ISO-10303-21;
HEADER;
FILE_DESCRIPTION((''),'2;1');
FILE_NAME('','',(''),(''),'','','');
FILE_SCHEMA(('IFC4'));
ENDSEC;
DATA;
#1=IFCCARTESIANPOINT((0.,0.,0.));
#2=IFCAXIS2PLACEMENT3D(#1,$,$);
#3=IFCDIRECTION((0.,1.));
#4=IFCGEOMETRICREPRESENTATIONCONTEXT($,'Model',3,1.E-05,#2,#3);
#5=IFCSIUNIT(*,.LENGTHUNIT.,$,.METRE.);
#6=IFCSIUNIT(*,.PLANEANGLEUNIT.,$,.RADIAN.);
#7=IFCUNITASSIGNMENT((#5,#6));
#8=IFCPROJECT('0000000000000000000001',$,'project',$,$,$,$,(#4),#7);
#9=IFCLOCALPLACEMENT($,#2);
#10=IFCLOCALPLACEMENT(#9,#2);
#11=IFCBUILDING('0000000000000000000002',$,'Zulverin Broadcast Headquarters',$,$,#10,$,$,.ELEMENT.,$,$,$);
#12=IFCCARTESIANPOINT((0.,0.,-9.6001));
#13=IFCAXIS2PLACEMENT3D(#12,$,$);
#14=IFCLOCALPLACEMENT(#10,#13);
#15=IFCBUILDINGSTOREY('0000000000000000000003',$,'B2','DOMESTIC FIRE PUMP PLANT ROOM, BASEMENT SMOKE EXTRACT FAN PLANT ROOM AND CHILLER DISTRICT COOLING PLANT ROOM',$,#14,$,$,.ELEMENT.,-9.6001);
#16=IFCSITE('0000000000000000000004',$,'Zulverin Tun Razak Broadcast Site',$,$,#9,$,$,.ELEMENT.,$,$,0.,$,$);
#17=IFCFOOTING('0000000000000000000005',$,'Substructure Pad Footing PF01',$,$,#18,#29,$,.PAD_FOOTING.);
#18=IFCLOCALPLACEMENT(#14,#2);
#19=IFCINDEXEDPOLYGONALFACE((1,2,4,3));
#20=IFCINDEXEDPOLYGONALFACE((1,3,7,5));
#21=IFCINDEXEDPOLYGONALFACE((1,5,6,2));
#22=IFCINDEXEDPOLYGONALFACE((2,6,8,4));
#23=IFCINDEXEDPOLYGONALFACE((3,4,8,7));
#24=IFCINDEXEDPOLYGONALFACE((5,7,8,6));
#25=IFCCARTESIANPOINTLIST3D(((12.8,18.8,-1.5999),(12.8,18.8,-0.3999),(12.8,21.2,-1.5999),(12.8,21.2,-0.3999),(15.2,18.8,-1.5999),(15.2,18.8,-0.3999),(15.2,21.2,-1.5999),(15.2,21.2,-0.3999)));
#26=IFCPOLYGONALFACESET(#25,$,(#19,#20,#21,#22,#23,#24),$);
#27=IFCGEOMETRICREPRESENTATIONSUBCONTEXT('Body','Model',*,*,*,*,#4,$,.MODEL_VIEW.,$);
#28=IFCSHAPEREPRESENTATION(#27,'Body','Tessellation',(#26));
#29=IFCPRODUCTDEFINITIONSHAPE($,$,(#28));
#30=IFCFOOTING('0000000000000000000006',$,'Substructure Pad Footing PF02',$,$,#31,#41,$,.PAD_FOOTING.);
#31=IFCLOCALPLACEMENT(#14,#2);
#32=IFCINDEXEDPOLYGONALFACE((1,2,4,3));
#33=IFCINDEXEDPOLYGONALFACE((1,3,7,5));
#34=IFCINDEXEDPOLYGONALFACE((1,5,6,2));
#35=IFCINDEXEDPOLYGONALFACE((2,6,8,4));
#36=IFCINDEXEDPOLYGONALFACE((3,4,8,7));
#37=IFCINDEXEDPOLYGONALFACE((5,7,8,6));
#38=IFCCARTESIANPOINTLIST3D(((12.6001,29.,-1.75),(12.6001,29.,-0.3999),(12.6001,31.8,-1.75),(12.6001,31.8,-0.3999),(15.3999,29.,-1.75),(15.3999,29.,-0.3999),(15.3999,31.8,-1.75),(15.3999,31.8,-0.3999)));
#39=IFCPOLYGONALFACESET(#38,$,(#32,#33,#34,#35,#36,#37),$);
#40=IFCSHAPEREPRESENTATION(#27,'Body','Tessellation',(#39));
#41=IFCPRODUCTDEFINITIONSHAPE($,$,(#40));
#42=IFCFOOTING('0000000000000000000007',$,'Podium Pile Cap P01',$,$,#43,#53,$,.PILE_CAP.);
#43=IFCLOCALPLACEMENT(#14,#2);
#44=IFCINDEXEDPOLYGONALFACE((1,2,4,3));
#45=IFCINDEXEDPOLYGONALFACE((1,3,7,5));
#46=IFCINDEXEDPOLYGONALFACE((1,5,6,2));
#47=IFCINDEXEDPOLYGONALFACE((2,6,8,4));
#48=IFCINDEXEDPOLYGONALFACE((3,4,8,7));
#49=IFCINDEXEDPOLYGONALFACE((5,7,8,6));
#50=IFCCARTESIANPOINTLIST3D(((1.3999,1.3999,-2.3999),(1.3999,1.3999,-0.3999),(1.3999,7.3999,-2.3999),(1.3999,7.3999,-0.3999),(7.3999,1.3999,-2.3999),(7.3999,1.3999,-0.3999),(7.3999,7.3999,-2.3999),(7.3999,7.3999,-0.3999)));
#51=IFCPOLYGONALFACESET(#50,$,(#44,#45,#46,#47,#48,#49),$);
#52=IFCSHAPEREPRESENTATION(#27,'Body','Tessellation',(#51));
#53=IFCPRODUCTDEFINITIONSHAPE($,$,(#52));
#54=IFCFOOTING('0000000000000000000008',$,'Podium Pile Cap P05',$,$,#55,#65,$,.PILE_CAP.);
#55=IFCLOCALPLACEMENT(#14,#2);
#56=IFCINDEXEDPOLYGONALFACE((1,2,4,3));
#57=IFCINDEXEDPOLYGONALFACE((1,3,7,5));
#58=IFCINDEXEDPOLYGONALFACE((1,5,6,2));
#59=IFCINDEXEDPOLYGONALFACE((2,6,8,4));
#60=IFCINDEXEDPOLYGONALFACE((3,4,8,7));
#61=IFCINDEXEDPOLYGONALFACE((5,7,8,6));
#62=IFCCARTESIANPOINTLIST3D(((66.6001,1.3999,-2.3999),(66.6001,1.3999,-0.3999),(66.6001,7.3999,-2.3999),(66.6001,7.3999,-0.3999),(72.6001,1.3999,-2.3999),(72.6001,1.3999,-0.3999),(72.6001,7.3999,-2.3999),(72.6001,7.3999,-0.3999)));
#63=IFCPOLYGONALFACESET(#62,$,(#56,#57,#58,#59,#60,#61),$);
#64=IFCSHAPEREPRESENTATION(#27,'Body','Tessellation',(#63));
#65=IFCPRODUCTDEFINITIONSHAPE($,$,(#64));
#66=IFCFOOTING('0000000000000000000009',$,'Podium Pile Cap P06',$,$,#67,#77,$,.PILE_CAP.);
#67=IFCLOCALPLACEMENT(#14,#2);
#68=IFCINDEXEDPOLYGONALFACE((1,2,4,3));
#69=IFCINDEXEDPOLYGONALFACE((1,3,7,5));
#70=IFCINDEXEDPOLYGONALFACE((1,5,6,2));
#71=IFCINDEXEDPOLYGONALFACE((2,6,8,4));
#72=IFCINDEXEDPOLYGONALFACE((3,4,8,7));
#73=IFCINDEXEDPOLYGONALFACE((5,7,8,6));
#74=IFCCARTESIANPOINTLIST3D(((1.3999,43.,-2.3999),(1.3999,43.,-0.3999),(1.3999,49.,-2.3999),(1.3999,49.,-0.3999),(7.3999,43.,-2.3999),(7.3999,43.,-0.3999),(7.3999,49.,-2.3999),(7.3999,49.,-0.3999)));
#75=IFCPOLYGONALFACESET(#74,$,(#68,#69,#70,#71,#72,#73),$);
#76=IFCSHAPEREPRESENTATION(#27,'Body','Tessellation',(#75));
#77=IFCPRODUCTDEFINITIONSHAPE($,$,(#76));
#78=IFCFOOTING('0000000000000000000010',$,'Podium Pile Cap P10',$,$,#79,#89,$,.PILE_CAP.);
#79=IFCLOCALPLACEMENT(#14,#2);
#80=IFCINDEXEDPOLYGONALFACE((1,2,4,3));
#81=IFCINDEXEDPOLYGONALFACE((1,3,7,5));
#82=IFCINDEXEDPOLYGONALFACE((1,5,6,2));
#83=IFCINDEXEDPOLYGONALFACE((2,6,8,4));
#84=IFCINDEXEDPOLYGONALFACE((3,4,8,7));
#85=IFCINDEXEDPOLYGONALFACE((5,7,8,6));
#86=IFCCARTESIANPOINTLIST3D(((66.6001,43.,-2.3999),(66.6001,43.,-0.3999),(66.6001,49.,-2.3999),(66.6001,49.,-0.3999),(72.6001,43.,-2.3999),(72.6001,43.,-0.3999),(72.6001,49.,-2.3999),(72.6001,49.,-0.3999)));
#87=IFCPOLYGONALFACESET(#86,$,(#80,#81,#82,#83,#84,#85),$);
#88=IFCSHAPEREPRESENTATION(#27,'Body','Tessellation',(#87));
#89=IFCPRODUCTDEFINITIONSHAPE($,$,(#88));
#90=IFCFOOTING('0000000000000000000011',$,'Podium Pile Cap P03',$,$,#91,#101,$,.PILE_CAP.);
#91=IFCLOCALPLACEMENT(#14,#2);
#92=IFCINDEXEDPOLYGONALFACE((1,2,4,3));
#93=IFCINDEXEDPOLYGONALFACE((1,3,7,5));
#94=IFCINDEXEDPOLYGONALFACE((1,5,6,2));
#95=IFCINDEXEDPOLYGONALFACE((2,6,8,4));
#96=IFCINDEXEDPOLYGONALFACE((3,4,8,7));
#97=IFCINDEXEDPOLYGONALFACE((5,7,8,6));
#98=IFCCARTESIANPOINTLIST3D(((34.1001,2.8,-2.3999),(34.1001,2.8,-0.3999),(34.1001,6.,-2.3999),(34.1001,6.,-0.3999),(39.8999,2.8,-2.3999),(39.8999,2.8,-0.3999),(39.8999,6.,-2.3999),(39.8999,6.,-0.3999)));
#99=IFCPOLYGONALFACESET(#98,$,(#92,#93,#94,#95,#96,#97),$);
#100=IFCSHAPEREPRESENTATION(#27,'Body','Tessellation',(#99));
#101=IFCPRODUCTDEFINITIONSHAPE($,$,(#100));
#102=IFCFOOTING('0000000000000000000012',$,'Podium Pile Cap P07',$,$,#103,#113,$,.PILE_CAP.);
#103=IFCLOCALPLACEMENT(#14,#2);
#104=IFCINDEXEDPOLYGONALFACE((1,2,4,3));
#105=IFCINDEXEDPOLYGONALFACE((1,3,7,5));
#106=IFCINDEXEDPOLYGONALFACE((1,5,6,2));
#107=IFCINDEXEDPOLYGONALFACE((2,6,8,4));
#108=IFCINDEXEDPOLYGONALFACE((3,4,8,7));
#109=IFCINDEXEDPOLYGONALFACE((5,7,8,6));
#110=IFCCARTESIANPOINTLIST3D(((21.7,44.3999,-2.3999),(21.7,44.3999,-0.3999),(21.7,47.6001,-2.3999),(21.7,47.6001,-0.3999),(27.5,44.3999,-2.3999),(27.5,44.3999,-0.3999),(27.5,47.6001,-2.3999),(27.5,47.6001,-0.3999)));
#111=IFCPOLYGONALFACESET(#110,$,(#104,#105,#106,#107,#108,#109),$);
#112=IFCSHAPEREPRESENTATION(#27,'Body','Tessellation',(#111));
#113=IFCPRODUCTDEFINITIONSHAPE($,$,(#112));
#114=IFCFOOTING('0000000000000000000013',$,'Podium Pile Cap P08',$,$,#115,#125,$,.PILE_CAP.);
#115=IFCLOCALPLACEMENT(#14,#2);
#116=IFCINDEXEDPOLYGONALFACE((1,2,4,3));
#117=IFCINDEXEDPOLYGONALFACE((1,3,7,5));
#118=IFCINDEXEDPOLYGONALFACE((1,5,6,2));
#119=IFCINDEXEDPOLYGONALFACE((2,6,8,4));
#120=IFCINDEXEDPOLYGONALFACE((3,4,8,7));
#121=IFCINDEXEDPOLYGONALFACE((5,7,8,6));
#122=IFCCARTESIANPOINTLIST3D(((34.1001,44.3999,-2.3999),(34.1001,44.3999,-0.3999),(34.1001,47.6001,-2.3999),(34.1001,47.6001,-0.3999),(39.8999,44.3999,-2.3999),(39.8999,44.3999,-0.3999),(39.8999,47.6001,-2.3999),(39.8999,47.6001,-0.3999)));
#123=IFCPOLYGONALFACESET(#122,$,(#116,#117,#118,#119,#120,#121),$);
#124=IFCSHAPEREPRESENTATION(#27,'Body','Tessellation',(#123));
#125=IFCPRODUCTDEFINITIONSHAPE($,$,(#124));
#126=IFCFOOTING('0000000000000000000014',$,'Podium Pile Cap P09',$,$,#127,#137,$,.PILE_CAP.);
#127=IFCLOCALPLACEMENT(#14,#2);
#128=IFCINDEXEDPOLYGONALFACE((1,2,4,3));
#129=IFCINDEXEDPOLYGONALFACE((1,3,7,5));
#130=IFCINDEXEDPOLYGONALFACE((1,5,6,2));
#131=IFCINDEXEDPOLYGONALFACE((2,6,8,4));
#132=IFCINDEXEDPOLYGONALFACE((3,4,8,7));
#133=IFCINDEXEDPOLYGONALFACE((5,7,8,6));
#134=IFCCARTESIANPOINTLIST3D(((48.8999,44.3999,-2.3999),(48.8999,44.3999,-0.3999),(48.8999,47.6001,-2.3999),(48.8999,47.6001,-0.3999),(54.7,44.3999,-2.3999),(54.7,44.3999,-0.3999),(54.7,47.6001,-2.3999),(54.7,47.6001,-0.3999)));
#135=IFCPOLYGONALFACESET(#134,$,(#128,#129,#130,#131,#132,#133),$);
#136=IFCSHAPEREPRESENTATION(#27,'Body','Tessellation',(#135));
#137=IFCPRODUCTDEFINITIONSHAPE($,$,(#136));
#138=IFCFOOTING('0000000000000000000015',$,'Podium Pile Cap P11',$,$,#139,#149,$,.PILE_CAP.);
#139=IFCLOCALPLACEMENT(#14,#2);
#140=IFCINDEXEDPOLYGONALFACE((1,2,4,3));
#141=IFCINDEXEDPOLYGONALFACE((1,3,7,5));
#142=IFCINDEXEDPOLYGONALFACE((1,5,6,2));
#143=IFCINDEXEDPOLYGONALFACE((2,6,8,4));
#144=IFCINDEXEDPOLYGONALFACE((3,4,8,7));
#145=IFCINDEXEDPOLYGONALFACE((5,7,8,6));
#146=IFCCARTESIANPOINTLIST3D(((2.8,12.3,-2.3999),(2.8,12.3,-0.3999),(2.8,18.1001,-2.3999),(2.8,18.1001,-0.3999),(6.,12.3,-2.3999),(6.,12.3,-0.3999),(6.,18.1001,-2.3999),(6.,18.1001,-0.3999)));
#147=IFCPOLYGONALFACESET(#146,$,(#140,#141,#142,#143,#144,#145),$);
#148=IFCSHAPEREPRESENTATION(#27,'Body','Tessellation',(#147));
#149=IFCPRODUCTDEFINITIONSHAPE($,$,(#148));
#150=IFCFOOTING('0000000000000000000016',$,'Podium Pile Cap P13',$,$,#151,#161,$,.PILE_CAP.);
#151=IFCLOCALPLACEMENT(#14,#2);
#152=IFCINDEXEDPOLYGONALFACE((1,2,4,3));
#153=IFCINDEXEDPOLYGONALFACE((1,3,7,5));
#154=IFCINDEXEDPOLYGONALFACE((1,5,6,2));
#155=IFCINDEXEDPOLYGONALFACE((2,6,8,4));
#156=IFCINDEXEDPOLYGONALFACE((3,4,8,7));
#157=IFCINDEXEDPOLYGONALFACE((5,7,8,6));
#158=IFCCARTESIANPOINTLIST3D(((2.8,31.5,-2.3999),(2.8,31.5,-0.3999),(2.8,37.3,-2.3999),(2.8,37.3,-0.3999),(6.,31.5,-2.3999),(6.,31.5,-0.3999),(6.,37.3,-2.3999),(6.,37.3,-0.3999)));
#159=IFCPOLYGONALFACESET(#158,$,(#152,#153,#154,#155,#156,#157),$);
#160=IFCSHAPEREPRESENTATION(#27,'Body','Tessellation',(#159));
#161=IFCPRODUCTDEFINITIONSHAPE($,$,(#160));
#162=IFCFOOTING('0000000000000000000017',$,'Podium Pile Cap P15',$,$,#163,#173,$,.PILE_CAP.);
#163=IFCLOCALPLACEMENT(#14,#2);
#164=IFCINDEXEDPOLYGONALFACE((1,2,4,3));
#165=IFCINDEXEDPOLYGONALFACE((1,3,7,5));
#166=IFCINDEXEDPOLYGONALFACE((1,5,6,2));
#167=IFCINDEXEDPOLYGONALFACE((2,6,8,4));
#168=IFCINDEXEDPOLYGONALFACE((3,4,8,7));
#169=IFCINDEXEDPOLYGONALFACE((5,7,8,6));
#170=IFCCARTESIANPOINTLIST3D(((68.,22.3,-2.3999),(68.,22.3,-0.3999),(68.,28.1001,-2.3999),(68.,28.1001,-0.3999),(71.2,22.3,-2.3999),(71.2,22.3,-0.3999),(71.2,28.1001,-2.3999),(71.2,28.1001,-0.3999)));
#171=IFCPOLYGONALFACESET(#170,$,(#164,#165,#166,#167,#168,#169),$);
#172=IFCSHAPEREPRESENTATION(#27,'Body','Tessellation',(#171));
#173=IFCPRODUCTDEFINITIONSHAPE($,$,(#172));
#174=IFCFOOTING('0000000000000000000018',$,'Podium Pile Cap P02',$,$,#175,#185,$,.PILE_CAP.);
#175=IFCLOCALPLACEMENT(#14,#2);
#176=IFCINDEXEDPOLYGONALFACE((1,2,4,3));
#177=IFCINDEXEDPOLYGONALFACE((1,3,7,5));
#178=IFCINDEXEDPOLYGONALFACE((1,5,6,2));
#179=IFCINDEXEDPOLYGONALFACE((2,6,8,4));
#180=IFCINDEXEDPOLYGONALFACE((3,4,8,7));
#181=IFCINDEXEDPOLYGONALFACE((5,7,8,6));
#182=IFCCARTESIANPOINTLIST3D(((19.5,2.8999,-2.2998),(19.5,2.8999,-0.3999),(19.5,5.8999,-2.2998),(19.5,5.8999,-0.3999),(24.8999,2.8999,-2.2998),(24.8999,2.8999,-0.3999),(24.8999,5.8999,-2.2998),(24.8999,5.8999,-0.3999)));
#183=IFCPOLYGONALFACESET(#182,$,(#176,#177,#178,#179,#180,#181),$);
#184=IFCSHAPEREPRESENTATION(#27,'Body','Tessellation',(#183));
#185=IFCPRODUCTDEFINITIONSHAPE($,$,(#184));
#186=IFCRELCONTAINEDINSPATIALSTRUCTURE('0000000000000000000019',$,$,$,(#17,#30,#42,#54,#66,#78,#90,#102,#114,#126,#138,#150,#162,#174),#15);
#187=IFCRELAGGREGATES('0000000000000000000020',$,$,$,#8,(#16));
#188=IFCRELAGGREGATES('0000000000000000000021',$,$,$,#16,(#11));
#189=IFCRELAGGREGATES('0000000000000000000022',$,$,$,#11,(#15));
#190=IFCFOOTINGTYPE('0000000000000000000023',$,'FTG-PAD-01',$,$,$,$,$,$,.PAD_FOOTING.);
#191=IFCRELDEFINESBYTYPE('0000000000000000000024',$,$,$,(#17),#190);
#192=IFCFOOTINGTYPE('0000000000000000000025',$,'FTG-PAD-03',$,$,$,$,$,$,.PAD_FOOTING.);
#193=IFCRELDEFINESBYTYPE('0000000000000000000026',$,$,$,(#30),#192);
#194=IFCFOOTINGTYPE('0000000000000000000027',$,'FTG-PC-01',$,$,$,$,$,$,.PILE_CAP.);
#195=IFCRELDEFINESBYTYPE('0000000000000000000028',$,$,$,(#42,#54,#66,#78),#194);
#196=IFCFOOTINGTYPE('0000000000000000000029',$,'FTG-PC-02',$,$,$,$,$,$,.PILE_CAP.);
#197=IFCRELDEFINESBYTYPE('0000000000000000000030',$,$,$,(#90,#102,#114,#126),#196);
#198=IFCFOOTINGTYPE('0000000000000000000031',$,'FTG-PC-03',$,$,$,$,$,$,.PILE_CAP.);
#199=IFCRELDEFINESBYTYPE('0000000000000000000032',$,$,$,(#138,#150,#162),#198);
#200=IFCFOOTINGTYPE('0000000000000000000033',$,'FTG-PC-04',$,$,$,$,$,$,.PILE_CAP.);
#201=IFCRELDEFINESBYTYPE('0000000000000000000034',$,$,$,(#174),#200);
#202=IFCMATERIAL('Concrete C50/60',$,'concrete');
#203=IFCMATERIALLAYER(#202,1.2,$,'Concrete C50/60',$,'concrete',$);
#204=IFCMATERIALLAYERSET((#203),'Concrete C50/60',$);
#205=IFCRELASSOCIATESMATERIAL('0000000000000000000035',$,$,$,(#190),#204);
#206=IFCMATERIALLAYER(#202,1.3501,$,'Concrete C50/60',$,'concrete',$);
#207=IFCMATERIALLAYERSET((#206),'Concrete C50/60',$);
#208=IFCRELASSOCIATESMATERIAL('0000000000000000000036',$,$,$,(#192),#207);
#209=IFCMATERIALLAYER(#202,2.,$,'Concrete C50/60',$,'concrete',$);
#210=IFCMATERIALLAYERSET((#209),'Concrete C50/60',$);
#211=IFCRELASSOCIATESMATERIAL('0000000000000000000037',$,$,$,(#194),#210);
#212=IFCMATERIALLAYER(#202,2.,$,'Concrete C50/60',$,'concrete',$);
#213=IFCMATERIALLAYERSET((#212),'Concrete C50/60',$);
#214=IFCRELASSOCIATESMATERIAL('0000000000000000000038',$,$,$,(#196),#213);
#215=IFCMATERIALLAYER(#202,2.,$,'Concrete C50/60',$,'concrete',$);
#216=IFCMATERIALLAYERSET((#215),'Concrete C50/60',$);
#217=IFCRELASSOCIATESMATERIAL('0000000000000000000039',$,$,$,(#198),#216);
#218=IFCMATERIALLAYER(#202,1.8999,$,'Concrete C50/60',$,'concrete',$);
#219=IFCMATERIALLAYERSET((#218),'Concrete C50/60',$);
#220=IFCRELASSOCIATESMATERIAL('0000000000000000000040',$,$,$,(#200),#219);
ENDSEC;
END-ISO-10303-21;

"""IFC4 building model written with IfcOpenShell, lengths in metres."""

from ifc_helpers import new_model, si_unit, direction, frame, origin, place, context, subcontext, project, spatial, polyline, outline, extrude, material, layer, layer_set, type_object, element, save


model = new_model("IFC4")

# Units and contexts
model_context = context("Model", 3, precision=1e-05, world=origin(), true_north=direction((0.0, 1.0)))
body_context = subcontext(model_context, "Body", "Model", "MODEL_VIEW")
ifc_project = project(units=[si_unit("LENGTHUNIT", "METRE"), si_unit("PLANEANGLEUNIT", "RADIAN")], contexts=[model_context])

# Site, building, storey
site_placement = place(None, origin())
site = spatial("IfcSite", under=ifc_project, at=site_placement, Name="Zulverin Tun Razak Broadcast Site", CompositionType="ELEMENT", RefElevation=0.0)
building_placement = place(site_placement, origin())
building = spatial("IfcBuilding", under=site, at=building_placement, Name="Zulverin Broadcast Headquarters", CompositionType="ELEMENT")
storey_placement = place(building_placement, frame((0.0, 0.0, -9.6001)))
storey = spatial("IfcBuildingStorey", under=building, at=storey_placement, Name="B2", Description="DOMESTIC FIRE PUMP PLANT ROOM, BASEMENT SMOKE EXTRACT FAN PLANT ROOM AND CHILLER DISTRICT COOLING PLANT ROOM", CompositionType="ELEMENT", Elevation=-9.6001)

# Footings
ifc_material = material(Name="Concrete C50/60", Category="concrete")
ifc_layer_1 = layer(ifc_material, 1.2, Name="Concrete C50/60", Category="concrete")
ifc_layer_set_1 = layer_set([ifc_layer_1], Name="Concrete C50/60")
footing_type_1 = type_object("IfcFootingType", Name="FTG-PAD-01", PredefinedType="PAD_FOOTING", material=ifc_layer_set_1)
footing_1_placement = place(storey_placement, frame((0.0, 0.0, -1.5999)))
element("IfcFooting", 1, at=footing_1_placement, inside=storey, type_object=footing_type_1, Name="Substructure Pad Footing PF01", PredefinedType="PAD_FOOTING", context=body_context, shape_type="SweptSolid", body=[
    extrude(outline(polyline([(12.8, 18.8), (15.2, 18.8), (15.2, 21.2), (12.8, 21.2), (12.8, 18.8)])), origin(), (0.0, 0.0, 1.0), 1.2),
])
ifc_layer_2 = layer(ifc_material, 1.3501, Name="Concrete C50/60", Category="concrete")
ifc_layer_set_2 = layer_set([ifc_layer_2], Name="Concrete C50/60")
footing_type_2 = type_object("IfcFootingType", Name="FTG-PAD-03", PredefinedType="PAD_FOOTING", material=ifc_layer_set_2)
footing_2_placement = place(storey_placement, frame((0.0, 0.0, -1.75)))
element("IfcFooting", 2, at=footing_2_placement, inside=storey, type_object=footing_type_2, Name="Substructure Pad Footing PF02", PredefinedType="PAD_FOOTING", context=body_context, shape_type="SweptSolid", body=[
    extrude(outline(polyline([(12.6001, 29.0), (15.3999, 29.0), (15.3999, 31.8), (12.6001, 31.8), (12.6001, 29.0)])), origin(), (0.0, 0.0, 1.0), 1.3501),
])
ifc_layer_3 = layer(ifc_material, 2.0, Name="Concrete C50/60", Category="concrete")
ifc_layer_set_3 = layer_set([ifc_layer_3], Name="Concrete C50/60")
footing_type_3 = type_object("IfcFootingType", Name="FTG-PC-01", PredefinedType="PILE_CAP", material=ifc_layer_set_3)
footing_3_placement = place(storey_placement, frame((0.0, 0.0, -2.3999)))
element("IfcFooting", 3, at=footing_3_placement, inside=storey, type_object=footing_type_3, Name="Podium Pile Cap P01", PredefinedType="PILE_CAP", context=body_context, shape_type="SweptSolid", body=[
    extrude(outline(polyline([(1.3999, 1.3999), (7.3999, 1.3999), (7.3999, 7.3999), (1.3999, 7.3999), (1.3999, 1.3999)])), origin(), (0.0, 0.0, 1.0), 2.0),
])
footing_4_placement = place(storey_placement, frame((0.0, 0.0, -2.3999)))
element("IfcFooting", 4, at=footing_4_placement, inside=storey, type_object=footing_type_3, Name="Podium Pile Cap P05", PredefinedType="PILE_CAP", context=body_context, shape_type="SweptSolid", body=[
    extrude(outline(polyline([(66.6001, 1.3999), (72.6001, 1.3999), (72.6001, 7.3999), (66.6001, 7.3999), (66.6001, 1.3999)])), origin(), (0.0, 0.0, 1.0), 2.0),
])
footing_5_placement = place(storey_placement, frame((0.0, 0.0, -2.3999)))
element("IfcFooting", 5, at=footing_5_placement, inside=storey, type_object=footing_type_3, Name="Podium Pile Cap P06", PredefinedType="PILE_CAP", context=body_context, shape_type="SweptSolid", body=[
    extrude(outline(polyline([(1.3999, 43.0), (7.3999, 43.0), (7.3999, 49.0), (1.3999, 49.0), (1.3999, 43.0)])), origin(), (0.0, 0.0, 1.0), 2.0),
])
footing_6_placement = place(storey_placement, frame((0.0, 0.0, -2.3999)))
element("IfcFooting", 6, at=footing_6_placement, inside=storey, type_object=footing_type_3, Name="Podium Pile Cap P10", PredefinedType="PILE_CAP", context=body_context, shape_type="SweptSolid", body=[
    extrude(outline(polyline([(66.6001, 43.0), (72.6001, 43.0), (72.6001, 49.0), (66.6001, 49.0), (66.6001, 43.0)])), origin(), (0.0, 0.0, 1.0), 2.0),
])
ifc_layer_4 = layer(ifc_material, 2.0, Name="Concrete C50/60", Category="concrete")
ifc_layer_set_4 = layer_set([ifc_layer_4], Name="Concrete C50/60")
footing_type_4 = type_object("IfcFootingType", Name="FTG-PC-02", PredefinedType="PILE_CAP", material=ifc_layer_set_4)
footing_7_placement = place(storey_placement, frame((0.0, 0.0, -2.3999)))
element("IfcFooting", 7, at=footing_7_placement, inside=storey, type_object=footing_type_4, Name="Podium Pile Cap P03", PredefinedType="PILE_CAP", context=body_context, shape_type="SweptSolid", body=[
    extrude(outline(polyline([(34.1001, 2.8), (39.8999, 2.8), (39.8999, 6.0), (34.1001, 6.0), (34.1001, 2.8)])), origin(), (0.0, 0.0, 1.0), 2.0),
])
footing_8_placement = place(storey_placement, frame((0.0, 0.0, -2.3999)))
element("IfcFooting", 8, at=footing_8_placement, inside=storey, type_object=footing_type_4, Name="Podium Pile Cap P07", PredefinedType="PILE_CAP", context=body_context, shape_type="SweptSolid", body=[
    extrude(outline(polyline([(21.7, 44.3999), (27.5, 44.3999), (27.5, 47.6001), (21.7, 47.6001), (21.7, 44.3999)])), origin(), (0.0, 0.0, 1.0), 2.0),
])
footing_9_placement = place(storey_placement, frame((0.0, 0.0, -2.3999)))
element("IfcFooting", 9, at=footing_9_placement, inside=storey, type_object=footing_type_4, Name="Podium Pile Cap P08", PredefinedType="PILE_CAP", context=body_context, shape_type="SweptSolid", body=[
    extrude(outline(polyline([(34.1001, 44.3999), (39.8999, 44.3999), (39.8999, 47.6001), (34.1001, 47.6001), (34.1001, 44.3999)])), origin(), (0.0, 0.0, 1.0), 2.0),
])
footing_10_placement = place(storey_placement, frame((0.0, 0.0, -2.3999)))
element("IfcFooting", 10, at=footing_10_placement, inside=storey, type_object=footing_type_4, Name="Podium Pile Cap P09", PredefinedType="PILE_CAP", context=body_context, shape_type="SweptSolid", body=[
    extrude(outline(polyline([(48.8999, 44.3999), (54.7, 44.3999), (54.7, 47.6001), (48.8999, 47.6001), (48.8999, 44.3999)])), origin(), (0.0, 0.0, 1.0), 2.0),
])
ifc_layer_5 = layer(ifc_material, 2.0, Name="Concrete C50/60", Category="concrete")
ifc_layer_set_5 = layer_set([ifc_layer_5], Name="Concrete C50/60")
footing_type_5 = type_object("IfcFootingType", Name="FTG-PC-03", PredefinedType="PILE_CAP", material=ifc_layer_set_5)
footing_11_placement = place(storey_placement, frame((0.0, 0.0, -2.3999)))
element("IfcFooting", 11, at=footing_11_placement, inside=storey, type_object=footing_type_5, Name="Podium Pile Cap P11", PredefinedType="PILE_CAP", context=body_context, shape_type="SweptSolid", body=[
    extrude(outline(polyline([(2.8, 12.3), (6.0, 12.3), (6.0, 18.1001), (2.8, 18.1001), (2.8, 12.3)])), origin(), (0.0, 0.0, 1.0), 2.0),
])
footing_12_placement = place(storey_placement, frame((0.0, 0.0, -2.3999)))
element("IfcFooting", 12, at=footing_12_placement, inside=storey, type_object=footing_type_5, Name="Podium Pile Cap P13", PredefinedType="PILE_CAP", context=body_context, shape_type="SweptSolid", body=[
    extrude(outline(polyline([(2.8, 31.5), (6.0, 31.5), (6.0, 37.3), (2.8, 37.3), (2.8, 31.5)])), origin(), (0.0, 0.0, 1.0), 2.0),
])
footing_13_placement = place(storey_placement, frame((0.0, 0.0, -2.3999)))
element("IfcFooting", 13, at=footing_13_placement, inside=storey, type_object=footing_type_5, Name="Podium Pile Cap P15", PredefinedType="PILE_CAP", context=body_context, shape_type="SweptSolid", body=[
    extrude(outline(polyline([(68.0, 22.3), (71.2, 22.3), (71.2, 28.1001), (68.0, 28.1001), (68.0, 22.3)])), origin(), (0.0, 0.0, 1.0), 2.0),
])
ifc_layer_6 = layer(ifc_material, 1.8999, Name="Concrete C50/60", Category="concrete")
ifc_layer_set_6 = layer_set([ifc_layer_6], Name="Concrete C50/60")
footing_type_6 = type_object("IfcFootingType", Name="FTG-PC-04", PredefinedType="PILE_CAP", material=ifc_layer_set_6)
footing_14_placement = place(storey_placement, frame((0.0, 0.0, -2.2998)))
element("IfcFooting", 14, at=footing_14_placement, inside=storey, type_object=footing_type_6, Name="Podium Pile Cap P02", PredefinedType="PILE_CAP", context=body_context, shape_type="SweptSolid", body=[
    extrude(outline(polyline([(19.5, 2.8999), (24.8999, 2.8999), (24.8999, 5.8999), (19.5, 5.8999), (19.5, 2.8999)])), origin(), (0.0, 0.0, 1.0), 1.8999),
])

save(model, "model.ifc")
